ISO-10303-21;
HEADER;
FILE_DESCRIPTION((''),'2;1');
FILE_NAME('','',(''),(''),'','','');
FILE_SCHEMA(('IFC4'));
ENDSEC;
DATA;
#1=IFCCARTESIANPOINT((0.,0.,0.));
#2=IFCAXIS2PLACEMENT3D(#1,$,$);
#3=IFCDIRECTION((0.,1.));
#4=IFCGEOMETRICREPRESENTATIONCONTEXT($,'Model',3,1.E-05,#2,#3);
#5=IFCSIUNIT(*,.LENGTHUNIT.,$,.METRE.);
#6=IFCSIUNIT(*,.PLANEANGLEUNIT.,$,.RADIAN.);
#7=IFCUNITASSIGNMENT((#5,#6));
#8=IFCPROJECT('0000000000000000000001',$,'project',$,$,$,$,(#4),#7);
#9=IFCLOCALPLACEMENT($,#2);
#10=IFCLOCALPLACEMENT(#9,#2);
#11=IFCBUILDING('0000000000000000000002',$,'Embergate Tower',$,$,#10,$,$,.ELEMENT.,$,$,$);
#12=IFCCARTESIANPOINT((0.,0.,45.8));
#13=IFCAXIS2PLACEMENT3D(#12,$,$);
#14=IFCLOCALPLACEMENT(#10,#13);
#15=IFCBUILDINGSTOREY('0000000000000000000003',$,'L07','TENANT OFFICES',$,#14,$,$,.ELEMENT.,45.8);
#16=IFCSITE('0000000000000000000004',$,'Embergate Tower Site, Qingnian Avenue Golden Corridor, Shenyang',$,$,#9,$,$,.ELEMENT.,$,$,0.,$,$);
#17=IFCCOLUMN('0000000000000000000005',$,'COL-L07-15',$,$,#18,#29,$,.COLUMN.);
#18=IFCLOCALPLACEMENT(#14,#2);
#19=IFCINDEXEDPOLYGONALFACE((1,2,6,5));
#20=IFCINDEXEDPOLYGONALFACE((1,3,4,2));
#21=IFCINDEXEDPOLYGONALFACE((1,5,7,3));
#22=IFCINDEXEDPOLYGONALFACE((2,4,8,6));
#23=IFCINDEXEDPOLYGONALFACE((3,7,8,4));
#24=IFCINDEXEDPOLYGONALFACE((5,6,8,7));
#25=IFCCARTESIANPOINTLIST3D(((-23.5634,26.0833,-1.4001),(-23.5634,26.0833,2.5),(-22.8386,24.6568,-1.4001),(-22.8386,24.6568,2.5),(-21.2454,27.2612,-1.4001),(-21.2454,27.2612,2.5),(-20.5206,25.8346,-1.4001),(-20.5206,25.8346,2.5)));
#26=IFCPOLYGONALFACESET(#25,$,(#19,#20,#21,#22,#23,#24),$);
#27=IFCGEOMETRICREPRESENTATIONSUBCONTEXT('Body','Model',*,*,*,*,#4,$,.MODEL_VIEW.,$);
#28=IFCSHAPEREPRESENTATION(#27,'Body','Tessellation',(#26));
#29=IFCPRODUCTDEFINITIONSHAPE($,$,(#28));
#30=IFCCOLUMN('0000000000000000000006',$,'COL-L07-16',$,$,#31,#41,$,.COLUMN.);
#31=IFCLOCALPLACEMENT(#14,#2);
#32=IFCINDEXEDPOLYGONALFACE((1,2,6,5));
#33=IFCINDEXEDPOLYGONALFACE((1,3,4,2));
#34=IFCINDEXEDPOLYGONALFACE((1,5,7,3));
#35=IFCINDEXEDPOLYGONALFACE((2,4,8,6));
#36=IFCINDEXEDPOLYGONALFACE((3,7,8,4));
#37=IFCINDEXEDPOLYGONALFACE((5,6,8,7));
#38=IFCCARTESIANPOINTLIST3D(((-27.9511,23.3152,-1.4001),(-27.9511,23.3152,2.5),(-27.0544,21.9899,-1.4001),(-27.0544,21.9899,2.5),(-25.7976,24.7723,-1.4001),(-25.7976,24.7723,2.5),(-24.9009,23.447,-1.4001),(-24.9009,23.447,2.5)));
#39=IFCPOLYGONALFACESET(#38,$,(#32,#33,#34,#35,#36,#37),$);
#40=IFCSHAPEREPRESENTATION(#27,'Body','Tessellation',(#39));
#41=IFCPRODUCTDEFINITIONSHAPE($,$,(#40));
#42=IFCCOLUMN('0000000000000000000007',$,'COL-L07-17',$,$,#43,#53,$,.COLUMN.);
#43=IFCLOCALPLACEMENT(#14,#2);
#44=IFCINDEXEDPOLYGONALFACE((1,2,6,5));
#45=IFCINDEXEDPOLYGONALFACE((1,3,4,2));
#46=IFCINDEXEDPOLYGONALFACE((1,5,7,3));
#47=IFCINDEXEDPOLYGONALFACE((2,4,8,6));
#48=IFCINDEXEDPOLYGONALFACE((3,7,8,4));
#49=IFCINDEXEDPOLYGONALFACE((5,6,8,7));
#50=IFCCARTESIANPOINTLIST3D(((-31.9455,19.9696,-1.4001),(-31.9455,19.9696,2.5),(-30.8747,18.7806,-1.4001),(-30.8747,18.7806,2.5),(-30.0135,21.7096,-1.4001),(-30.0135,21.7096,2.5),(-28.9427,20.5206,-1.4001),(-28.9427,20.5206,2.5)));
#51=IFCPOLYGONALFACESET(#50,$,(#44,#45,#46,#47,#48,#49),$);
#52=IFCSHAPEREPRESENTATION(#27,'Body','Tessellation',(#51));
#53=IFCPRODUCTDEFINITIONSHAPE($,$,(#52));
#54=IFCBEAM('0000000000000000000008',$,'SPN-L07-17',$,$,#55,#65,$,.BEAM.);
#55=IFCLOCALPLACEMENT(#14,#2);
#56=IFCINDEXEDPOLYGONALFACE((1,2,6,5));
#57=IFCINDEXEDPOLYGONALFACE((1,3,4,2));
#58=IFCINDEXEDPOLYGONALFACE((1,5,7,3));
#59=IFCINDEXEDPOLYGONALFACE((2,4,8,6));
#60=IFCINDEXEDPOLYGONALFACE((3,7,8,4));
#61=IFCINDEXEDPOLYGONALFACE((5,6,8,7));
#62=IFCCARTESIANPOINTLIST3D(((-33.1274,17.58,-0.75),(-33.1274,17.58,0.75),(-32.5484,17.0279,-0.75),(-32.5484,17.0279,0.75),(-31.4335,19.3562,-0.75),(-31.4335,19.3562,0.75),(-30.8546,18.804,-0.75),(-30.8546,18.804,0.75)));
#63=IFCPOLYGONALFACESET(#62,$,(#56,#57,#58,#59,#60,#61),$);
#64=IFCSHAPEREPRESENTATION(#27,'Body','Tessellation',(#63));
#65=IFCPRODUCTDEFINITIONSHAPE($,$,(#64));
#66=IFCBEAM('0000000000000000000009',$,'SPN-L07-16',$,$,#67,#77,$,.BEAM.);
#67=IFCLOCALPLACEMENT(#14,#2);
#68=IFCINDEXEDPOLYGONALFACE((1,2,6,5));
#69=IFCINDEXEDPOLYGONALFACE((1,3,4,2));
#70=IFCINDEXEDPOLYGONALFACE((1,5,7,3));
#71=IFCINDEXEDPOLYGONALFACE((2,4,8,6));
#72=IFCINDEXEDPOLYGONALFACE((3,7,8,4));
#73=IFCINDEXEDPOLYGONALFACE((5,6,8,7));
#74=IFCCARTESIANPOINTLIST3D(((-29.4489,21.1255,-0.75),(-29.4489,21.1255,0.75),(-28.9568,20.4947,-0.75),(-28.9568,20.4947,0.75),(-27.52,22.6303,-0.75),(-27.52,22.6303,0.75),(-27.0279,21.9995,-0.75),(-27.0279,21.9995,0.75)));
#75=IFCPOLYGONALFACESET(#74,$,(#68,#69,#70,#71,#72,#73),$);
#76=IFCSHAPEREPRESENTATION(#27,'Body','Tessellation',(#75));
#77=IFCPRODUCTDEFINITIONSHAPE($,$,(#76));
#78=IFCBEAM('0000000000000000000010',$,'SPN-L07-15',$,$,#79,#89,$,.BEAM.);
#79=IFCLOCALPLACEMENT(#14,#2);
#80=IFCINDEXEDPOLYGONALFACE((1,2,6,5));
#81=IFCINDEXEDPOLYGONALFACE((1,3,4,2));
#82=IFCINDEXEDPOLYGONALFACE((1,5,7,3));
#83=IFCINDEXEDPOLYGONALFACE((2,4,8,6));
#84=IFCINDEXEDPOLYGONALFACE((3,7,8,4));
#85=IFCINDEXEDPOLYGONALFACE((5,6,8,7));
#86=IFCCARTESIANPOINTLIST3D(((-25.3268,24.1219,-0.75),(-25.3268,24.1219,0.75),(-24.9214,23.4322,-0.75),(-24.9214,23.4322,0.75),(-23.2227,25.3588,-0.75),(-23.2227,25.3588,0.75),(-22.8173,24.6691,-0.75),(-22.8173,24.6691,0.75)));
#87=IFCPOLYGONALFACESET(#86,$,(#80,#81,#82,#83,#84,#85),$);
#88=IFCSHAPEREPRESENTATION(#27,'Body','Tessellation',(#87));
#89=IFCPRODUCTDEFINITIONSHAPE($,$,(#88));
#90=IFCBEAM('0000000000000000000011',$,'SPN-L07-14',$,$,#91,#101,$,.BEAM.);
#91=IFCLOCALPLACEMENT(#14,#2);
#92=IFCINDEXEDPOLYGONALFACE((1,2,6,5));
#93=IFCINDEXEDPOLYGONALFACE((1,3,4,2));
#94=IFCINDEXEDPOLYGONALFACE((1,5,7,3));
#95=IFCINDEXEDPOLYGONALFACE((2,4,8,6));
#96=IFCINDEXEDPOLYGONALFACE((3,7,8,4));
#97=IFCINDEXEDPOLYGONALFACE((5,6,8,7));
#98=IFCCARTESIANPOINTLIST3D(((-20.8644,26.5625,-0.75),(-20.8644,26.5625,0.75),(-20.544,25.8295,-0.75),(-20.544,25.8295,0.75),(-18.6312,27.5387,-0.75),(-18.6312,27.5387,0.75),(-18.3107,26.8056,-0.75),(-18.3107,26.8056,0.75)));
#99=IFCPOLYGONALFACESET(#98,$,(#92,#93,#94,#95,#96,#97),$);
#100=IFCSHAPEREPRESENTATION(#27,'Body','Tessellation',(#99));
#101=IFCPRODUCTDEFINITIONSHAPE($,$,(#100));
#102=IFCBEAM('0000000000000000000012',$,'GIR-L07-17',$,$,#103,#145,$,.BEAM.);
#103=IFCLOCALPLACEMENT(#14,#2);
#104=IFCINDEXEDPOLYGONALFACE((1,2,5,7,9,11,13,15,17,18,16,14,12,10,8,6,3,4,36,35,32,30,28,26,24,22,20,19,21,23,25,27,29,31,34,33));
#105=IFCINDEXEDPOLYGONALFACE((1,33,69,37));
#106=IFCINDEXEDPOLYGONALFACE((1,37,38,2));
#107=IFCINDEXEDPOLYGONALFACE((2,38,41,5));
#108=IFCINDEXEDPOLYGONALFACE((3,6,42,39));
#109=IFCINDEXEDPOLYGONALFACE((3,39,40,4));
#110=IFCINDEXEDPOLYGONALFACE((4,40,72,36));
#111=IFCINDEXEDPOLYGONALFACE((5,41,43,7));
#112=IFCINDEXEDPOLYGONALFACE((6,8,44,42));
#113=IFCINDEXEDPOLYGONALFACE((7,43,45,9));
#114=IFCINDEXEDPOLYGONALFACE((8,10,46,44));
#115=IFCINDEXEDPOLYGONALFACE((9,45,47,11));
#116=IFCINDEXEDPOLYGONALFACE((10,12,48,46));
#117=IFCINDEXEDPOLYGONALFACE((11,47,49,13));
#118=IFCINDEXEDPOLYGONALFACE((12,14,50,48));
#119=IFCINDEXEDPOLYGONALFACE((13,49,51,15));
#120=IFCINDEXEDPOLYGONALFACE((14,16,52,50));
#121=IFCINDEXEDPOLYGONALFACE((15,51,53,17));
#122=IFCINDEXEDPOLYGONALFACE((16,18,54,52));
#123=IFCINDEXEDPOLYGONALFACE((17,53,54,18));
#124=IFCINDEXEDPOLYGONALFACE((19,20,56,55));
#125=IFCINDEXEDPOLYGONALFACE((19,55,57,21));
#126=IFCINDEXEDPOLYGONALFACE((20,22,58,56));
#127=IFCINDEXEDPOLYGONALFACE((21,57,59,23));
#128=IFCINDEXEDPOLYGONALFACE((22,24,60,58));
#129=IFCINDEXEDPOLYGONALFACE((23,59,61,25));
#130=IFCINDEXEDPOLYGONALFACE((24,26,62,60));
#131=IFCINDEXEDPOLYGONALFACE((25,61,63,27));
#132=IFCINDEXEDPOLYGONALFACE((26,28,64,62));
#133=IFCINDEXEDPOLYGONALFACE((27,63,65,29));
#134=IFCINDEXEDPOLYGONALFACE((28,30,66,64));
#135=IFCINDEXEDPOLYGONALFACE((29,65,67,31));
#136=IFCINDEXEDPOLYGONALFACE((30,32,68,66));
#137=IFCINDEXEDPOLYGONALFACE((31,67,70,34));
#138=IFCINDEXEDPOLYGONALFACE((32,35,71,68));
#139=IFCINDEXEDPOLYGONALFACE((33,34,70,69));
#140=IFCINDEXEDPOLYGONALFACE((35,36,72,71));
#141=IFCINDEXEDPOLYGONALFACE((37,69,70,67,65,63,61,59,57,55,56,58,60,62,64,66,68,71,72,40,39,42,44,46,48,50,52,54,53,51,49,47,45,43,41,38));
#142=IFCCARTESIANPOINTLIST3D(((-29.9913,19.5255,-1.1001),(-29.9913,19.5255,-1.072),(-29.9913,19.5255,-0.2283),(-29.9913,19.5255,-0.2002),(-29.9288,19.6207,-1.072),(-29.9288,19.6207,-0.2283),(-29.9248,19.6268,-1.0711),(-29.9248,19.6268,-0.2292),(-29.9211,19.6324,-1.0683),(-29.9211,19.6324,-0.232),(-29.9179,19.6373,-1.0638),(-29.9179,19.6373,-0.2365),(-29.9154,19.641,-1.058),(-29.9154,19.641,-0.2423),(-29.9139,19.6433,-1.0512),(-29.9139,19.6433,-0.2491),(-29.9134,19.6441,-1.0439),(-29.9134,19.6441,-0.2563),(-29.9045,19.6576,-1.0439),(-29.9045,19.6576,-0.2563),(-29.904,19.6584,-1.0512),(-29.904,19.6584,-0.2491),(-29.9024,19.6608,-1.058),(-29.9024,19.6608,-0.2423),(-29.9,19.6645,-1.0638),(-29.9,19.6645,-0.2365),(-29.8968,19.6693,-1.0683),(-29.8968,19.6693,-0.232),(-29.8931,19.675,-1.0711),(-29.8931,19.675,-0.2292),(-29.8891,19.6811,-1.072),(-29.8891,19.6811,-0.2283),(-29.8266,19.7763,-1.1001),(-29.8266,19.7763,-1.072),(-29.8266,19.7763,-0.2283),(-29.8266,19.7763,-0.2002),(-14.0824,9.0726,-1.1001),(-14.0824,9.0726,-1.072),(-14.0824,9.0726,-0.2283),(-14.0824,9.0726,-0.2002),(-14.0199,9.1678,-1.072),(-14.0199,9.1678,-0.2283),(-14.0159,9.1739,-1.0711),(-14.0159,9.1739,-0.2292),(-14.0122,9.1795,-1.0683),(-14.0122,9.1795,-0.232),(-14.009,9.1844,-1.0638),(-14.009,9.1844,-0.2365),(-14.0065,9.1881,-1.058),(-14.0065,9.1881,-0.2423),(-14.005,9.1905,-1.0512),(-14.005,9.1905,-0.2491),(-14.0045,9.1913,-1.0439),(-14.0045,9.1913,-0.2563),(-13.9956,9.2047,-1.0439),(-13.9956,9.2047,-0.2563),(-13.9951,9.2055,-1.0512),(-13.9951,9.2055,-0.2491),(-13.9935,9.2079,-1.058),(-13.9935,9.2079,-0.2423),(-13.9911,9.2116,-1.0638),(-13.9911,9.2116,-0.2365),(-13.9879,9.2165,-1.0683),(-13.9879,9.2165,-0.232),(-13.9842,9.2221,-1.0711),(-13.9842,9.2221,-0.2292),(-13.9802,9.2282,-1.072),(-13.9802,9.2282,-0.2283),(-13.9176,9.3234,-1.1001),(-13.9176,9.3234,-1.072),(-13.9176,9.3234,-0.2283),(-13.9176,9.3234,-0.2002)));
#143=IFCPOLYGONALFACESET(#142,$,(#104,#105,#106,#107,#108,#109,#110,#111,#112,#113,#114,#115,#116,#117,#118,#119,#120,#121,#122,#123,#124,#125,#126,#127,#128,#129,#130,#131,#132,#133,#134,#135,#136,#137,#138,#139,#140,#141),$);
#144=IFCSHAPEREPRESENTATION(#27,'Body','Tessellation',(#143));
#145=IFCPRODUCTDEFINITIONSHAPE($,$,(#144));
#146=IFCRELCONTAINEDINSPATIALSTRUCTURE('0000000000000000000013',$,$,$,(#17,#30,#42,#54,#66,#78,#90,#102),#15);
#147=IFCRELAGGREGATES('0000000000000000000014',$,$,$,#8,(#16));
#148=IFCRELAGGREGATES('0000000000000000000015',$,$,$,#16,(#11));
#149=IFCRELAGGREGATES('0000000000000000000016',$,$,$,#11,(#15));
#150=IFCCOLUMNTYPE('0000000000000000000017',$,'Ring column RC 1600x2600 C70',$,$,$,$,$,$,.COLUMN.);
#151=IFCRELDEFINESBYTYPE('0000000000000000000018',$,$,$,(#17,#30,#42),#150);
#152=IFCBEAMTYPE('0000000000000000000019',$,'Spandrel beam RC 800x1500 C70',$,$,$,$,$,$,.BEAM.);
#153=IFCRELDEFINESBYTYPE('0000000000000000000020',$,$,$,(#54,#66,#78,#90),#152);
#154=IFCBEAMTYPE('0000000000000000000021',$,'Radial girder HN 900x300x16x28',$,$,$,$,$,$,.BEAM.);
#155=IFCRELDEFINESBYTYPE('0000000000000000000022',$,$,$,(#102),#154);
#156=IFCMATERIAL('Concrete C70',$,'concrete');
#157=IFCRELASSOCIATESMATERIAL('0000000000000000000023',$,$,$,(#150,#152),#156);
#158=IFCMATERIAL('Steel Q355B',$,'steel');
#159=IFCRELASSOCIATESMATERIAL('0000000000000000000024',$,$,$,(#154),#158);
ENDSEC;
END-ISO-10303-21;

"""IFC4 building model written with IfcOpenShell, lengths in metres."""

from ifc_helpers import new_model, si_unit, direction, frame, origin, origin_2d, place, context, subcontext, project, spatial, rectangle, i_section, extrude, source, transform, mapped, material, material_profile, profile_set, type_object, element, save


model = new_model("IFC4")

# Units and contexts
model_context = context("Model", 3, precision=1e-05, world=origin(), true_north=direction((0.0, 1.0)))
body_context = subcontext(model_context, "Body", "Model", "MODEL_VIEW")
ifc_project = project(units=[si_unit("LENGTHUNIT", "METRE"), si_unit("PLANEANGLEUNIT", "RADIAN")], contexts=[model_context])

# Site, building, storey
site_placement = place(None, origin())
site = spatial("IfcSite", under=ifc_project, at=site_placement, Name="Embergate Tower Site, Qingnian Avenue Golden Corridor, Shenyang", CompositionType="ELEMENT", RefElevation=0.0)
building_placement = place(site_placement, origin())
building = spatial("IfcBuilding", under=site, at=building_placement, Name="Embergate Tower", CompositionType="ELEMENT")
storey_placement = place(building_placement, frame((0.0, 0.0, 45.8)))
storey = spatial("IfcBuildingStorey", under=building, at=storey_placement, Name="L07", Description="TENANT OFFICES", CompositionType="ELEMENT", Elevation=45.8)

# Columns
ifc_material_1 = material(Name="Concrete C70", Category="concrete")
ifc_material_profile_1 = material_profile(ifc_material_1, rectangle(XDim=1.6001, YDim=2.6001, at=origin_2d()), Name="RC 1600x2600")
ifc_profile_set_1 = profile_set([ifc_material_profile_1], Name="Concrete C70")
column_type = type_object("IfcColumnType", Name="Ring column RC 1600x2600 C70", PredefinedType="COLUMN", material=ifc_profile_set_1)
shared_shape_1 = source(origin(), body_context, "Body", "SweptSolid", [
    extrude(rectangle(XDim=1.6001, YDim=2.6001, at=origin_2d()), origin(), (0.0, 0.0, 1.0), 3.9001),
])
for number, where, z_axis, x_axis, name in (
    (1, (-22.042, 25.959, -1.4001), (0.0, 0.0, 1.0), (-0.452995, 0.891513, 0.0), "COL-L07-15"),
    (2, (-26.426, 23.3811, -1.4001), (0.0, 0.0, 1.0), (-0.560393, 0.828227, 0.0), "COL-L07-16"),
    (3, (-30.4441, 20.2451, -1.4001), (0.0, 0.0, 1.0), (-0.669208, 0.743075, 0.0), "COL-L07-17"),
):
    element("IfcColumn", number, at=place(storey_placement, frame(where, z_axis=z_axis, x_axis=x_axis)), inside=storey, type_object=column_type, Name=name, PredefinedType="COLUMN", context=body_context, shape_type="MappedRepresentation", body=[
        mapped(shared_shape_1, transform((0.0, 0.0, 0.0))),
    ])

# Beams
ifc_material_profile_2 = material_profile(ifc_material_1, rectangle(XDim=0.8, YDim=1.5, at=origin_2d()), Name="RC 800x1500")
ifc_profile_set_2 = profile_set([ifc_material_profile_2], Name="Concrete C70")
beam_type_1 = type_object("IfcBeamType", Name="Spandrel beam RC 800x1500 C70", PredefinedType="BEAM", material=ifc_profile_set_2)
shared_shape_2 = source(origin(), body_context, "Body", "SweptSolid", [
    extrude(rectangle(XDim=0.8, YDim=1.5, at=origin_2d()), origin(), (0.0, 0.0, 1.0), 2.4543),
])
beam_1_placement = place(storey_placement, frame((-31.144, 19.0801, 0.0), z_axis=(-0.690147, -0.723669, 0.0), x_axis=(0.723669, -0.690147, 0.0)))
element("IfcBeam", 4, at=beam_1_placement, inside=storey, type_object=beam_type_1, Name="SPN-L07-17", PredefinedType="BEAM", context=body_context, shape_type="MappedRepresentation", body=[
    mapped(shared_shape_2, transform((0.0, 0.0, 0.0))),
])
shared_shape_3 = source(origin(), body_context, "Body", "SweptSolid", [
    extrude(rectangle(XDim=0.8, YDim=1.5, at=origin_2d()), origin(), (0.0, 0.0, 1.0), 2.4465),
])
beam_2_placement = place(storey_placement, frame((-27.2739, 22.3149, 0.0), z_axis=(-0.788443, -0.615107, 0.0), x_axis=(0.615107, -0.788443, 0.0)))
element("IfcBeam", 5, at=beam_2_placement, inside=storey, type_object=beam_type_1, Name="SPN-L07-16", PredefinedType="BEAM", context=body_context, shape_type="MappedRepresentation", body=[
    mapped(shared_shape_3, transform((0.0, 0.0, 0.0))),
])
shared_shape_4 = source(origin(), body_context, "Body", "SweptSolid", [
    extrude(rectangle(XDim=0.8, YDim=1.5, at=origin_2d()), origin(), (0.0, 0.0, 1.0), 2.4407),
])
beam_3_placement = place(storey_placement, frame((-23.02, 25.0139, 0.0), z_axis=(-0.862083, -0.506767, 0.0), x_axis=(0.506767, -0.862083, 0.0)))
element("IfcBeam", 6, at=beam_3_placement, inside=storey, type_object=beam_type_1, Name="SPN-L07-15", PredefinedType="BEAM", context=body_context, shape_type="MappedRepresentation", body=[
    mapped(shared_shape_4, transform((0.0, 0.0, 0.0))),
])
shared_shape_5 = source(origin(), body_context, "Body", "SweptSolid", [
    extrude(rectangle(XDim=0.8, YDim=1.5, at=origin_2d()), origin(), (0.0, 0.0, 1.0), 2.4373),
])
beam_4_placement = place(storey_placement, frame((-18.4709, 27.1721, 0.0), z_axis=(-0.916298, -0.400498, 0.0), x_axis=(0.400498, -0.916298, 0.0)))
element("IfcBeam", 7, at=beam_4_placement, inside=storey, type_object=beam_type_1, Name="SPN-L07-14", PredefinedType="BEAM", context=body_context, shape_type="MappedRepresentation", body=[
    mapped(shared_shape_5, transform((0.0, 0.0, 0.0))),
])
ifc_material_2 = material(Name="Steel Q355B", Category="steel")
ifc_material_profile_3 = material_profile(ifc_material_2, i_section(OverallWidth=0.3, OverallDepth=0.8999, WebThickness=0.0161, FlangeThickness=0.0281, FilletRadius=0.0281, at=origin_2d()), Name="HN 900x300x16x28")
ifc_profile_set_3 = profile_set([ifc_material_profile_3], Name="Steel Q355 grade B")
beam_type_2 = type_object("IfcBeamType", Name="Radial girder HN 900x300x16x28", PredefinedType="BEAM", material=ifc_profile_set_3)
shared_shape_6 = source(origin(), body_context, "Body", "SweptSolid", [
    extrude(i_section(OverallWidth=0.3, OverallDepth=0.8999, WebThickness=0.0161, FlangeThickness=0.0281, FilletRadius=0.0281, at=origin_2d()), origin(), (0.0, 0.0, 1.0), 19.0356),
])
beam_5_placement = place(storey_placement, frame((-29.9089, 19.6509, -0.6501), z_axis=(0.835743, -0.549121, 0.0), x_axis=(0.549121, 0.835743, 0.0)))
element("IfcBeam", 8, at=beam_5_placement, inside=storey, type_object=beam_type_2, Name="GIR-L07-17", PredefinedType="BEAM", context=body_context, shape_type="MappedRepresentation", body=[
    mapped(shared_shape_6, transform((0.0, 0.0, 0.0))),
])

save(model, "model.ifc")
